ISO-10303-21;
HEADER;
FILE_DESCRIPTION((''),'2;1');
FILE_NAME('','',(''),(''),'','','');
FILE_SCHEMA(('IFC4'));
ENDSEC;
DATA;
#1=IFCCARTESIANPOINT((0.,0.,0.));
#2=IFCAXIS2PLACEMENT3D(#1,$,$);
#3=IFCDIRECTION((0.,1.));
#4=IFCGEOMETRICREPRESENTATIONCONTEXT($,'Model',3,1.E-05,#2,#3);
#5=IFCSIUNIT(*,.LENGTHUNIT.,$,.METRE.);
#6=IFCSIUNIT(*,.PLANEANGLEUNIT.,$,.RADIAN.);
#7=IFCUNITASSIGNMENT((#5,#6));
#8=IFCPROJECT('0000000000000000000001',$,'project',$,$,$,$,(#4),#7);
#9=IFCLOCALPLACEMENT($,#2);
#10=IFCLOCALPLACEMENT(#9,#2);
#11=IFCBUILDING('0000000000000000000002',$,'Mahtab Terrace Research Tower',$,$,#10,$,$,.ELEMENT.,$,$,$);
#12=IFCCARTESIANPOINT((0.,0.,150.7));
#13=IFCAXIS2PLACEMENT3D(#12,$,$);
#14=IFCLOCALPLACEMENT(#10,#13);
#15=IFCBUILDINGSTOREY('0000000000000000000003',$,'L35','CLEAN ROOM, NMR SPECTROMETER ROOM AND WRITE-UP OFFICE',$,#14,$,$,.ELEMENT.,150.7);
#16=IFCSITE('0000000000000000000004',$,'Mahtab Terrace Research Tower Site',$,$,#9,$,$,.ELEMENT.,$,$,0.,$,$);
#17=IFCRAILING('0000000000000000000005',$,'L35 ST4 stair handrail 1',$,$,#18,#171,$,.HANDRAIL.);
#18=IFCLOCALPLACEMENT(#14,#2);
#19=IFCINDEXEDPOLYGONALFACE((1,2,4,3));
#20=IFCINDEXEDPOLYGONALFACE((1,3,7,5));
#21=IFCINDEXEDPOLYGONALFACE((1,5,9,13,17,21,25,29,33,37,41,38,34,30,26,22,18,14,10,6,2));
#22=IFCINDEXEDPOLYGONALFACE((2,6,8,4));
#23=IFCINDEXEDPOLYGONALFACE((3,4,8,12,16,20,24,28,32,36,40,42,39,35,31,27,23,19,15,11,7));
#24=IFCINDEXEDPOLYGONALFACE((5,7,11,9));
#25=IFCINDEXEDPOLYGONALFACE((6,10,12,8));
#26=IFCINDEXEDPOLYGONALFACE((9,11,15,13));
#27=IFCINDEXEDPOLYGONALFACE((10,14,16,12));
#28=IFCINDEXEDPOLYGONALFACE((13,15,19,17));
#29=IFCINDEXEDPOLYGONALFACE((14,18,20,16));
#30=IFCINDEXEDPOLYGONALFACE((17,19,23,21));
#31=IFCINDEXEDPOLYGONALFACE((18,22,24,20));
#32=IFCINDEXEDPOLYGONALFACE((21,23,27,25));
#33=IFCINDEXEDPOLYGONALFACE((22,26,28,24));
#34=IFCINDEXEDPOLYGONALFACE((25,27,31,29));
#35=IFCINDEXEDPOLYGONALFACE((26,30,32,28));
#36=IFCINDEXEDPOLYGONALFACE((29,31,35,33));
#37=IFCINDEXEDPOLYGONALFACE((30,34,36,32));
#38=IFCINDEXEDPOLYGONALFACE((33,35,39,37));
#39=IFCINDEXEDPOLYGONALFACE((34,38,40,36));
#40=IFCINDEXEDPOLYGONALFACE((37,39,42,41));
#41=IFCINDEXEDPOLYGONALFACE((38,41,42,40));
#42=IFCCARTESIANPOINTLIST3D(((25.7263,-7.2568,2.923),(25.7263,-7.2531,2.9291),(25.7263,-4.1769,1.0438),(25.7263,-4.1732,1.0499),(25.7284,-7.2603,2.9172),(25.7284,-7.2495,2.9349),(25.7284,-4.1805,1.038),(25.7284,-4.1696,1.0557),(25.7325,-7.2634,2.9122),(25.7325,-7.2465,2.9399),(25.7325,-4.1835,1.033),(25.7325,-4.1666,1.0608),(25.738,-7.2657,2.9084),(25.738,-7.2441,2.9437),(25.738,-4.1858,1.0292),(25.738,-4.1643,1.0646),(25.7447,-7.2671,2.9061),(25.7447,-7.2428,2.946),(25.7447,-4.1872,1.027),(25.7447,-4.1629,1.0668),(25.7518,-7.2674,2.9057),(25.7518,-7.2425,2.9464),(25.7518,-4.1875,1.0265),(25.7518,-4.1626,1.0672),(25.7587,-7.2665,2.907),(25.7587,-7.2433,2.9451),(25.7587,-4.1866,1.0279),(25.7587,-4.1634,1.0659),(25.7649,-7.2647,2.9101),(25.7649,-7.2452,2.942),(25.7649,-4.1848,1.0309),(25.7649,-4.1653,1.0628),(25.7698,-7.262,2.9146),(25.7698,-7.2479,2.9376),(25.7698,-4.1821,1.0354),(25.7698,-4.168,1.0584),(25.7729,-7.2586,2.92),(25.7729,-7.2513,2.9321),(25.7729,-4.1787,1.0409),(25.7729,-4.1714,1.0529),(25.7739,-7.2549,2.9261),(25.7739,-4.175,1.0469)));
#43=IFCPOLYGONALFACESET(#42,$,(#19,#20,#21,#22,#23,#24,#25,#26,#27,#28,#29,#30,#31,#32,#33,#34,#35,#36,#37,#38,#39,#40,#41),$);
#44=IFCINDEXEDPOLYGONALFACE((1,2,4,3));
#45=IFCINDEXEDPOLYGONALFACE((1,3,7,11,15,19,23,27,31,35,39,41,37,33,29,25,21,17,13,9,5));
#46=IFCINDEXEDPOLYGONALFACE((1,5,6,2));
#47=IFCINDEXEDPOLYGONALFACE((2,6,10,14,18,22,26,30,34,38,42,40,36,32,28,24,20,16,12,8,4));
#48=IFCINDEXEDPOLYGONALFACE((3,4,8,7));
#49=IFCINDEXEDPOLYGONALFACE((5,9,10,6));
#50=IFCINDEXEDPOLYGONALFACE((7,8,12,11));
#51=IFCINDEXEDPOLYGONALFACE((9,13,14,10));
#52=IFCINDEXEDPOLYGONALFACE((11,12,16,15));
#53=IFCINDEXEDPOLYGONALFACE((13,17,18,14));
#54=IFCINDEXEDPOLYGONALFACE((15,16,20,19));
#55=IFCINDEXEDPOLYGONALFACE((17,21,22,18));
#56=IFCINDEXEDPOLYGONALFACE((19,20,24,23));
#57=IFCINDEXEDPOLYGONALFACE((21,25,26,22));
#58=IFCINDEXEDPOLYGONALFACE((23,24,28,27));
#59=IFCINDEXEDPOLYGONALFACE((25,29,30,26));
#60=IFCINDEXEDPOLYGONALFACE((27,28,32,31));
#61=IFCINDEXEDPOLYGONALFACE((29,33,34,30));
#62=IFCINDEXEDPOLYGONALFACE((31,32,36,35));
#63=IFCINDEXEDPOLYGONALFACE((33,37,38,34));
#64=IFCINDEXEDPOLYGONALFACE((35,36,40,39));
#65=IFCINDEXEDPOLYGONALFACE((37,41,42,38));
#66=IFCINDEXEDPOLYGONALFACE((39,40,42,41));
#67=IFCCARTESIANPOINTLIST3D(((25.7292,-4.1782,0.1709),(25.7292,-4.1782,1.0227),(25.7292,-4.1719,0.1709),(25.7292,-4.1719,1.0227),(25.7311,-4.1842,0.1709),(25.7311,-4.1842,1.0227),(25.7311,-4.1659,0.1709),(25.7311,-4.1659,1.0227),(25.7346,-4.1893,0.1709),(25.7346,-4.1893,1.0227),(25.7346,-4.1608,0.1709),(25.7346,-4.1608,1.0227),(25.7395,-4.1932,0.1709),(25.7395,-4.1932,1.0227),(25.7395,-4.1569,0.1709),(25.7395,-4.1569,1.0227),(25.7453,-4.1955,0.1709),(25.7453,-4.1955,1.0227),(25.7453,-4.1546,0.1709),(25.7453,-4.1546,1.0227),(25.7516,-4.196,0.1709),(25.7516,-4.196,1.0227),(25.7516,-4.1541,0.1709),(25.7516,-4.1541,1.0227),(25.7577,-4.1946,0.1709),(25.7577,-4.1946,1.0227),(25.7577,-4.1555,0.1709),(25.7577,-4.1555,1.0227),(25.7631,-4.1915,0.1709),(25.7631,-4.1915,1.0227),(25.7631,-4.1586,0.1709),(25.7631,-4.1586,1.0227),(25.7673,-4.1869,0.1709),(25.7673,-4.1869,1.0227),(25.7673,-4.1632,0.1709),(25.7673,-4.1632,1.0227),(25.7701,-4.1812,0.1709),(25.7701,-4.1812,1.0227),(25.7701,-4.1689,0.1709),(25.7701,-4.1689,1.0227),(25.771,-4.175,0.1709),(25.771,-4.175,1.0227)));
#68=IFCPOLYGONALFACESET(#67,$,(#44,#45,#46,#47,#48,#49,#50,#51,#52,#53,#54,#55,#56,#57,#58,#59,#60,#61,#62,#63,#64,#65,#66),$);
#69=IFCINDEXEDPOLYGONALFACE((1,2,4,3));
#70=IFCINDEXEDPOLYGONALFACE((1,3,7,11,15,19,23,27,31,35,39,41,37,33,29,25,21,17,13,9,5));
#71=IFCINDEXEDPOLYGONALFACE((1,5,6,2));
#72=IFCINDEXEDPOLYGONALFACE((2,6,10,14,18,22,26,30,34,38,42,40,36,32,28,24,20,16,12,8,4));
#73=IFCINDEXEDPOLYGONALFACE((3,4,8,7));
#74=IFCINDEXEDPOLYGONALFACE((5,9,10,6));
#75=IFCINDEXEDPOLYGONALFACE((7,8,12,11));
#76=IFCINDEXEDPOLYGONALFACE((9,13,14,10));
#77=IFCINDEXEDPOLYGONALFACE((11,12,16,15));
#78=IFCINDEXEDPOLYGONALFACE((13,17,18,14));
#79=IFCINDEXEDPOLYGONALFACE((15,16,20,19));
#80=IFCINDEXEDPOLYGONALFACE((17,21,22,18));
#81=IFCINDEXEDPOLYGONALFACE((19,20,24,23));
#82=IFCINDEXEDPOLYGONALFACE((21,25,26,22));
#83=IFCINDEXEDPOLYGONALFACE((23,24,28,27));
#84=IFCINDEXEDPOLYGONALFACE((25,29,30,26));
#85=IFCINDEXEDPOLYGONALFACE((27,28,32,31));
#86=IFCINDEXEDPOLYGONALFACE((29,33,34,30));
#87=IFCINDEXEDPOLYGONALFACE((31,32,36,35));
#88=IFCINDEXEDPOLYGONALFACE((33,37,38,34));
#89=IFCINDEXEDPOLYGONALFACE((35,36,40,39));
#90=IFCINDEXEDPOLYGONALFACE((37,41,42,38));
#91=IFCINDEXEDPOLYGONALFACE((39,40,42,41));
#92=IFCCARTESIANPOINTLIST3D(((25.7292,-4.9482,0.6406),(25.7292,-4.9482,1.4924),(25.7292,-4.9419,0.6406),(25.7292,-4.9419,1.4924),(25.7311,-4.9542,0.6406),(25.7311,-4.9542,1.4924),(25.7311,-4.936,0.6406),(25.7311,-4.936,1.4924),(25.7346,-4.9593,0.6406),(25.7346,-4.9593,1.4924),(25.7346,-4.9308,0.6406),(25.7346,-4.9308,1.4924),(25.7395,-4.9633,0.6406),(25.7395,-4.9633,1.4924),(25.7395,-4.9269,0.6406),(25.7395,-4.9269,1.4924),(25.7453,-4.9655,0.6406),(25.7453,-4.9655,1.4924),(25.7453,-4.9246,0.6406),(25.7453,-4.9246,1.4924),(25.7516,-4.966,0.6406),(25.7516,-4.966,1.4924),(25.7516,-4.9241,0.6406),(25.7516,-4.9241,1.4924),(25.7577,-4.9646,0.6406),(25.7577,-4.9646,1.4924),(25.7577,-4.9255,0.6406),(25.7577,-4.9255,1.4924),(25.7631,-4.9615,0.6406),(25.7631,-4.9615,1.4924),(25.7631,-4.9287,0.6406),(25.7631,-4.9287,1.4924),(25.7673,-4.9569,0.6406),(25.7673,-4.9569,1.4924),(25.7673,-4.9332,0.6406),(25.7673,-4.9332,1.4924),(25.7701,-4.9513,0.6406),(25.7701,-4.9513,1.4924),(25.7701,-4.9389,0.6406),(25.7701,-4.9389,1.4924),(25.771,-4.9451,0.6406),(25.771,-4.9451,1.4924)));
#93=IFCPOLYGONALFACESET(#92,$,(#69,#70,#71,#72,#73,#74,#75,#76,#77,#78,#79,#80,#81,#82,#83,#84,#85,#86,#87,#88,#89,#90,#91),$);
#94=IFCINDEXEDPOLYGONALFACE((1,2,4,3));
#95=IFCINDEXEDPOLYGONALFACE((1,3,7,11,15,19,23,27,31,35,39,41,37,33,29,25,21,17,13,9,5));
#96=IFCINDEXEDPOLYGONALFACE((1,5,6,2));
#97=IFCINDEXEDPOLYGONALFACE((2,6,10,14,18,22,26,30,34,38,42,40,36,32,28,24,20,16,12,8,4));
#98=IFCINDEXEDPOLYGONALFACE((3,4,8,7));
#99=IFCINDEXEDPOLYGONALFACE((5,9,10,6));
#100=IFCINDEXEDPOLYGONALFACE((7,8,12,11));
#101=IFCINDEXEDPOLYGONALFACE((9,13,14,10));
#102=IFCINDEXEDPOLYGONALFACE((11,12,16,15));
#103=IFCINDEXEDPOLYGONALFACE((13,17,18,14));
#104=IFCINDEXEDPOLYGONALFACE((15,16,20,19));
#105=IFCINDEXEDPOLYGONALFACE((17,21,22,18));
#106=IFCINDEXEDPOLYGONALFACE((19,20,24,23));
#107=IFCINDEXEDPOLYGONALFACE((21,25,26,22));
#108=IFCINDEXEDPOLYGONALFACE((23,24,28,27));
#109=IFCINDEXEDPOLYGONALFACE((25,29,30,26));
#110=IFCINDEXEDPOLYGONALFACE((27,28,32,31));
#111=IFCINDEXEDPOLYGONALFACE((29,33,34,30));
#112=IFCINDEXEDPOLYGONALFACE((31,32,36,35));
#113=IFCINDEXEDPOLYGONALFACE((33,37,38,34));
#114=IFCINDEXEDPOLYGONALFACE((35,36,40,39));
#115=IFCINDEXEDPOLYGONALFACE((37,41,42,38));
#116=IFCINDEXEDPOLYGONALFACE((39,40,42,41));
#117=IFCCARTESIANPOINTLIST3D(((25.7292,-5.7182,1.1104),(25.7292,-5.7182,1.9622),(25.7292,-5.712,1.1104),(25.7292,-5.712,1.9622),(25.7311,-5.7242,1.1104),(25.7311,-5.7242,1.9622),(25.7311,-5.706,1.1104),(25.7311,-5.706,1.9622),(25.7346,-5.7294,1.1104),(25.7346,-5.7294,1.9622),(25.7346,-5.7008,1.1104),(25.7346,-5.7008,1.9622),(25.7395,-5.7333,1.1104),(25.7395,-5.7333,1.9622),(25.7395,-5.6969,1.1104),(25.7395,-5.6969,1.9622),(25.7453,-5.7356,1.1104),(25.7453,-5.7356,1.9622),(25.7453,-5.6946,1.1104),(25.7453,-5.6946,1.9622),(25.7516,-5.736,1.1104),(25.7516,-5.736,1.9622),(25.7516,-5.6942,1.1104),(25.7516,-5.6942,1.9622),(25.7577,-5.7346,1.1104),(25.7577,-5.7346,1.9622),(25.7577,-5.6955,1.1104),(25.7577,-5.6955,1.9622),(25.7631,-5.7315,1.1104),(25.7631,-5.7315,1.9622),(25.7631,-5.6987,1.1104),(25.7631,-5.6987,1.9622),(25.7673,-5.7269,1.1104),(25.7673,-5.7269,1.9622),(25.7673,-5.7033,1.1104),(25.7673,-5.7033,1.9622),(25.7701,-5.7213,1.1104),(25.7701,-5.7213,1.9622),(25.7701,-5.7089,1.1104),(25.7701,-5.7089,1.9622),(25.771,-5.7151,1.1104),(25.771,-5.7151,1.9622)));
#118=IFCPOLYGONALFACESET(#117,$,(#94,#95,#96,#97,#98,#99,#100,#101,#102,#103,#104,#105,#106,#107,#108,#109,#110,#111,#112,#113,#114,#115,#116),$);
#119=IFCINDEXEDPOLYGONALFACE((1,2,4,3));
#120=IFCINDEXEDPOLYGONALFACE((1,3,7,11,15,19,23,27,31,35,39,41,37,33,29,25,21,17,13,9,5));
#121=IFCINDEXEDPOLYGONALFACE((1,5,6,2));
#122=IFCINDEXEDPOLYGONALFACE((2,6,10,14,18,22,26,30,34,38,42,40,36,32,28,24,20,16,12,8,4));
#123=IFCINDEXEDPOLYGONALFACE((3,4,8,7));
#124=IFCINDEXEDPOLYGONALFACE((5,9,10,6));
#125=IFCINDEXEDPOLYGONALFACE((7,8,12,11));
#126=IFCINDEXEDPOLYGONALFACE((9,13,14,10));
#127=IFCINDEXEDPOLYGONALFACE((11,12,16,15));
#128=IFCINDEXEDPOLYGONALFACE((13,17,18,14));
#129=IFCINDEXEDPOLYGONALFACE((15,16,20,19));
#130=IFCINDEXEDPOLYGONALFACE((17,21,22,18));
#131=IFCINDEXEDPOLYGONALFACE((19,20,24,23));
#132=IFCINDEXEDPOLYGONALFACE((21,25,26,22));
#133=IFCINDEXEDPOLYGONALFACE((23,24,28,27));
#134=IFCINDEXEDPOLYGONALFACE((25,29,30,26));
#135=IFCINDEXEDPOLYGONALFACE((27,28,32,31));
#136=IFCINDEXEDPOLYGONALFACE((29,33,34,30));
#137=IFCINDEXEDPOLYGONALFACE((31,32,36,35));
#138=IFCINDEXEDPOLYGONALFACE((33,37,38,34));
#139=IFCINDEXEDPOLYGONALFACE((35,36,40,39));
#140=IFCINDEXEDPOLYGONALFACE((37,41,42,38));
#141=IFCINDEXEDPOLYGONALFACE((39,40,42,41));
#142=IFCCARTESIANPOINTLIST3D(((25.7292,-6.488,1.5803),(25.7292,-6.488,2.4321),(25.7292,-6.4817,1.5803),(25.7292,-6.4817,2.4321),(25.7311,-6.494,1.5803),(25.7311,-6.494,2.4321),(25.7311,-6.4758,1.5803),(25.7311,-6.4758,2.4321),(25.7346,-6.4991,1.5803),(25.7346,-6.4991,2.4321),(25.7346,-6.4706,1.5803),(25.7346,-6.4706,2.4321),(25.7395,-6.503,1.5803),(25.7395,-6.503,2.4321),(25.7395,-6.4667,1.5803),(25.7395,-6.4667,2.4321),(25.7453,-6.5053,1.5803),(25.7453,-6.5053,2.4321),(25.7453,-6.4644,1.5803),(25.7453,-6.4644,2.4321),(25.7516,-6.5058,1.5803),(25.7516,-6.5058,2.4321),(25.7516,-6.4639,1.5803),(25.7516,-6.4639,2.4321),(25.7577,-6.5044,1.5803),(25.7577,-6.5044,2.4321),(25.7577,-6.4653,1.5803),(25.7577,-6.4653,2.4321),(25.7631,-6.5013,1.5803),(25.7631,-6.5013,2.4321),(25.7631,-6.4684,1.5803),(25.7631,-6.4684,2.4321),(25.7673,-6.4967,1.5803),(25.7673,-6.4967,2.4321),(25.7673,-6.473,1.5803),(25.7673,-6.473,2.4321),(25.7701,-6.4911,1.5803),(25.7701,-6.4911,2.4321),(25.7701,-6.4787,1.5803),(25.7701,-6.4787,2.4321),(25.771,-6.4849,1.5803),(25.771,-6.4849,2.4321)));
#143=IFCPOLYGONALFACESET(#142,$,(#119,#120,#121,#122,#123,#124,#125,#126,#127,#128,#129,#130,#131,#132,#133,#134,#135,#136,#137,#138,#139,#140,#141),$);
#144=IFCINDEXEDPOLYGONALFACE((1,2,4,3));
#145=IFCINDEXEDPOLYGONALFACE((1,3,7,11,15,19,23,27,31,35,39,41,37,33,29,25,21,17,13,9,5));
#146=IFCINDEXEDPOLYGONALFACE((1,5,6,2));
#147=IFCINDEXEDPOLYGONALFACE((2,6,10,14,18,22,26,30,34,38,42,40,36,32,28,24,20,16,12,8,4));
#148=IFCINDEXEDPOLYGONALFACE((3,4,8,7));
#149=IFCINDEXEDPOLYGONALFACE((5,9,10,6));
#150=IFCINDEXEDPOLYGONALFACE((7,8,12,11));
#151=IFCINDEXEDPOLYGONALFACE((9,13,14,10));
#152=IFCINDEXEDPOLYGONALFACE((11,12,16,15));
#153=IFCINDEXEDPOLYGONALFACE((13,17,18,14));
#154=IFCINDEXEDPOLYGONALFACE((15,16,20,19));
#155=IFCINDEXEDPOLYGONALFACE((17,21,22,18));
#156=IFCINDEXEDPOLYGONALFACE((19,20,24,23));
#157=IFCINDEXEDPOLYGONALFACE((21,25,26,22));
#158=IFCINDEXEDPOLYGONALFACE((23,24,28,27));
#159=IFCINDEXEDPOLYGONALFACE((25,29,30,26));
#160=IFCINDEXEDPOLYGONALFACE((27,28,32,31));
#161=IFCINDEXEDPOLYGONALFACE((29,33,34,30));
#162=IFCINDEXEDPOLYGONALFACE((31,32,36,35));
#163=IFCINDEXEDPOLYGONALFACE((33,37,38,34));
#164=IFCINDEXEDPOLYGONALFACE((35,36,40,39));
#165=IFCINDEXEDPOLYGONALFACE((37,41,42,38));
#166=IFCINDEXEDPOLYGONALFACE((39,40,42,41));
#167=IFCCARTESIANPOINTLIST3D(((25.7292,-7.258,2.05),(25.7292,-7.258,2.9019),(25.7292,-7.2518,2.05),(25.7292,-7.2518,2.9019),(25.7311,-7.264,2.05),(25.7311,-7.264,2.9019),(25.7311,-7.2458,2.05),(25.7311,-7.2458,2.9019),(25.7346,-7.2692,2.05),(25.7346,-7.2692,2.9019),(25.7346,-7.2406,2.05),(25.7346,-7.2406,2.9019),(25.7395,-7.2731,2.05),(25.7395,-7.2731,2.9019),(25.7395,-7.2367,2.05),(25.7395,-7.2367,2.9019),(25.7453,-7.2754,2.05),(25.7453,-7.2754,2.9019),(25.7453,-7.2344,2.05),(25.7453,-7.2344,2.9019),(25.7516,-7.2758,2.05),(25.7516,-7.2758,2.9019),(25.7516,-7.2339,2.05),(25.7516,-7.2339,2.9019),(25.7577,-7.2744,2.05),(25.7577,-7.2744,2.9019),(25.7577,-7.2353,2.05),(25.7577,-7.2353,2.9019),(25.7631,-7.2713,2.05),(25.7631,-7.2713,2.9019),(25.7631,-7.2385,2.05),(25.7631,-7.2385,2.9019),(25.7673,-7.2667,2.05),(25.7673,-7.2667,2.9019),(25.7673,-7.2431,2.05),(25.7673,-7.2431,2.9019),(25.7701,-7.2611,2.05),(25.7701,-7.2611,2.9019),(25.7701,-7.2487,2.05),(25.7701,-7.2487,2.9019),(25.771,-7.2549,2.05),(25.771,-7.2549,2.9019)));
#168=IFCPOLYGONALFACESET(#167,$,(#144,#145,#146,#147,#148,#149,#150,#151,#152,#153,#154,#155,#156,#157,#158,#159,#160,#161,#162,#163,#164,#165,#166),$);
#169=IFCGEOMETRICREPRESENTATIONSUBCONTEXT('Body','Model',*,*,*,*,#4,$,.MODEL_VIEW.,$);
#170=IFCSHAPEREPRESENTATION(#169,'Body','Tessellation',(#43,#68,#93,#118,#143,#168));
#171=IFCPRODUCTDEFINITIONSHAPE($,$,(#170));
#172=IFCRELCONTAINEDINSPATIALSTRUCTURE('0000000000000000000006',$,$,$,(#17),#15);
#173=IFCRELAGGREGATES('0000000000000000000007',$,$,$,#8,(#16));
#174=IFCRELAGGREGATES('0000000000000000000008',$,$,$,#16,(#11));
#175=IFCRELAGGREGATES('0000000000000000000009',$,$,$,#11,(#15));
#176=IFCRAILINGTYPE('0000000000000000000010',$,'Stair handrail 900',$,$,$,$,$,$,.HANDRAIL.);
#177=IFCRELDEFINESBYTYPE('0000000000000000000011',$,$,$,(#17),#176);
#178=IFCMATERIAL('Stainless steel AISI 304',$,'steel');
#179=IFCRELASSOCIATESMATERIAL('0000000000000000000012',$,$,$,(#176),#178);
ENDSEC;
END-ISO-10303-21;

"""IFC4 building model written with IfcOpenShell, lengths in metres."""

from ifc_helpers import new_model, si_unit, direction, frame, origin, origin_2d, place, context, subcontext, project, spatial, circle, extrude, material, type_object, element, save


model = new_model("IFC4")

# Units and contexts
model_context = context("Model", 3, precision=1e-05, world=origin(), true_north=direction((0.0, 1.0)))
body_context = subcontext(model_context, "Body", "Model", "MODEL_VIEW")
ifc_project = project(units=[si_unit("LENGTHUNIT", "METRE"), si_unit("PLANEANGLEUNIT", "RADIAN")], contexts=[model_context])

# Site, building, storey
site_placement = place(None, origin())
site = spatial("IfcSite", under=ifc_project, at=site_placement, Name="Mahtab Terrace Research Tower Site", CompositionType="ELEMENT", RefElevation=0.0)
building_placement = place(site_placement, origin())
building = spatial("IfcBuilding", under=site, at=building_placement, Name="Mahtab Terrace Research Tower", CompositionType="ELEMENT")
storey_placement = place(building_placement, frame((0.0, 0.0, 150.7)))
storey = spatial("IfcBuildingStorey", under=building, at=storey_placement, Name="L35", Description="CLEAN ROOM, NMR SPECTROMETER ROOM AND WRITE-UP OFFICE", CompositionType="ELEMENT", Elevation=150.7)

# Railing
ifc_material_1 = material(Name="Stainless steel AISI 304", Category="steel")
railing_type_1 = type_object("IfcRailingType", Name="Stair handrail 900", PredefinedType="HANDRAIL", material=ifc_material_1)
railing_1_placement = place(storey_placement, frame((25.75, -4.175, 0.1709)))
element("IfcRailing", 1, at=railing_1_placement, inside=storey, type_object=railing_type_1, Name="L35 ST4 stair handrail 1", PredefinedType="HANDRAIL", context=body_context, shape_type="SweptSolid", body=[
    extrude(circle(Radius=0.0239, at=origin_2d()), frame((0.0, 0.0, 0.876), z_axis=(0.0, -0.853648, 0.52085), x_axis=(1.0, 0.0, 0.0)), (0.0, 0.0, 1.0), 3.6079),
    extrude(circle(Radius=0.021, at=origin_2d()), origin(), (0.0, 0.0, 1.0), 0.8518),
    extrude(circle(Radius=0.021, at=origin_2d()), frame((0.0, -0.77, 0.4697)), (0.0, 0.0, 1.0), 0.8518),
    extrude(circle(Radius=0.021, at=origin_2d()), frame((0.0, -1.54, 0.9395)), (0.0, 0.0, 1.0), 0.8518),
    extrude(circle(Radius=0.021, at=origin_2d()), frame((0.0, -2.3098, 1.4094)), (0.0, 0.0, 1.0), 0.8518),
    extrude(circle(Radius=0.021, at=origin_2d()), frame((0.0, -3.0798, 1.8792)), (0.0, 0.0, 1.0), 0.8518),
])

save(model, "model.ifc")
